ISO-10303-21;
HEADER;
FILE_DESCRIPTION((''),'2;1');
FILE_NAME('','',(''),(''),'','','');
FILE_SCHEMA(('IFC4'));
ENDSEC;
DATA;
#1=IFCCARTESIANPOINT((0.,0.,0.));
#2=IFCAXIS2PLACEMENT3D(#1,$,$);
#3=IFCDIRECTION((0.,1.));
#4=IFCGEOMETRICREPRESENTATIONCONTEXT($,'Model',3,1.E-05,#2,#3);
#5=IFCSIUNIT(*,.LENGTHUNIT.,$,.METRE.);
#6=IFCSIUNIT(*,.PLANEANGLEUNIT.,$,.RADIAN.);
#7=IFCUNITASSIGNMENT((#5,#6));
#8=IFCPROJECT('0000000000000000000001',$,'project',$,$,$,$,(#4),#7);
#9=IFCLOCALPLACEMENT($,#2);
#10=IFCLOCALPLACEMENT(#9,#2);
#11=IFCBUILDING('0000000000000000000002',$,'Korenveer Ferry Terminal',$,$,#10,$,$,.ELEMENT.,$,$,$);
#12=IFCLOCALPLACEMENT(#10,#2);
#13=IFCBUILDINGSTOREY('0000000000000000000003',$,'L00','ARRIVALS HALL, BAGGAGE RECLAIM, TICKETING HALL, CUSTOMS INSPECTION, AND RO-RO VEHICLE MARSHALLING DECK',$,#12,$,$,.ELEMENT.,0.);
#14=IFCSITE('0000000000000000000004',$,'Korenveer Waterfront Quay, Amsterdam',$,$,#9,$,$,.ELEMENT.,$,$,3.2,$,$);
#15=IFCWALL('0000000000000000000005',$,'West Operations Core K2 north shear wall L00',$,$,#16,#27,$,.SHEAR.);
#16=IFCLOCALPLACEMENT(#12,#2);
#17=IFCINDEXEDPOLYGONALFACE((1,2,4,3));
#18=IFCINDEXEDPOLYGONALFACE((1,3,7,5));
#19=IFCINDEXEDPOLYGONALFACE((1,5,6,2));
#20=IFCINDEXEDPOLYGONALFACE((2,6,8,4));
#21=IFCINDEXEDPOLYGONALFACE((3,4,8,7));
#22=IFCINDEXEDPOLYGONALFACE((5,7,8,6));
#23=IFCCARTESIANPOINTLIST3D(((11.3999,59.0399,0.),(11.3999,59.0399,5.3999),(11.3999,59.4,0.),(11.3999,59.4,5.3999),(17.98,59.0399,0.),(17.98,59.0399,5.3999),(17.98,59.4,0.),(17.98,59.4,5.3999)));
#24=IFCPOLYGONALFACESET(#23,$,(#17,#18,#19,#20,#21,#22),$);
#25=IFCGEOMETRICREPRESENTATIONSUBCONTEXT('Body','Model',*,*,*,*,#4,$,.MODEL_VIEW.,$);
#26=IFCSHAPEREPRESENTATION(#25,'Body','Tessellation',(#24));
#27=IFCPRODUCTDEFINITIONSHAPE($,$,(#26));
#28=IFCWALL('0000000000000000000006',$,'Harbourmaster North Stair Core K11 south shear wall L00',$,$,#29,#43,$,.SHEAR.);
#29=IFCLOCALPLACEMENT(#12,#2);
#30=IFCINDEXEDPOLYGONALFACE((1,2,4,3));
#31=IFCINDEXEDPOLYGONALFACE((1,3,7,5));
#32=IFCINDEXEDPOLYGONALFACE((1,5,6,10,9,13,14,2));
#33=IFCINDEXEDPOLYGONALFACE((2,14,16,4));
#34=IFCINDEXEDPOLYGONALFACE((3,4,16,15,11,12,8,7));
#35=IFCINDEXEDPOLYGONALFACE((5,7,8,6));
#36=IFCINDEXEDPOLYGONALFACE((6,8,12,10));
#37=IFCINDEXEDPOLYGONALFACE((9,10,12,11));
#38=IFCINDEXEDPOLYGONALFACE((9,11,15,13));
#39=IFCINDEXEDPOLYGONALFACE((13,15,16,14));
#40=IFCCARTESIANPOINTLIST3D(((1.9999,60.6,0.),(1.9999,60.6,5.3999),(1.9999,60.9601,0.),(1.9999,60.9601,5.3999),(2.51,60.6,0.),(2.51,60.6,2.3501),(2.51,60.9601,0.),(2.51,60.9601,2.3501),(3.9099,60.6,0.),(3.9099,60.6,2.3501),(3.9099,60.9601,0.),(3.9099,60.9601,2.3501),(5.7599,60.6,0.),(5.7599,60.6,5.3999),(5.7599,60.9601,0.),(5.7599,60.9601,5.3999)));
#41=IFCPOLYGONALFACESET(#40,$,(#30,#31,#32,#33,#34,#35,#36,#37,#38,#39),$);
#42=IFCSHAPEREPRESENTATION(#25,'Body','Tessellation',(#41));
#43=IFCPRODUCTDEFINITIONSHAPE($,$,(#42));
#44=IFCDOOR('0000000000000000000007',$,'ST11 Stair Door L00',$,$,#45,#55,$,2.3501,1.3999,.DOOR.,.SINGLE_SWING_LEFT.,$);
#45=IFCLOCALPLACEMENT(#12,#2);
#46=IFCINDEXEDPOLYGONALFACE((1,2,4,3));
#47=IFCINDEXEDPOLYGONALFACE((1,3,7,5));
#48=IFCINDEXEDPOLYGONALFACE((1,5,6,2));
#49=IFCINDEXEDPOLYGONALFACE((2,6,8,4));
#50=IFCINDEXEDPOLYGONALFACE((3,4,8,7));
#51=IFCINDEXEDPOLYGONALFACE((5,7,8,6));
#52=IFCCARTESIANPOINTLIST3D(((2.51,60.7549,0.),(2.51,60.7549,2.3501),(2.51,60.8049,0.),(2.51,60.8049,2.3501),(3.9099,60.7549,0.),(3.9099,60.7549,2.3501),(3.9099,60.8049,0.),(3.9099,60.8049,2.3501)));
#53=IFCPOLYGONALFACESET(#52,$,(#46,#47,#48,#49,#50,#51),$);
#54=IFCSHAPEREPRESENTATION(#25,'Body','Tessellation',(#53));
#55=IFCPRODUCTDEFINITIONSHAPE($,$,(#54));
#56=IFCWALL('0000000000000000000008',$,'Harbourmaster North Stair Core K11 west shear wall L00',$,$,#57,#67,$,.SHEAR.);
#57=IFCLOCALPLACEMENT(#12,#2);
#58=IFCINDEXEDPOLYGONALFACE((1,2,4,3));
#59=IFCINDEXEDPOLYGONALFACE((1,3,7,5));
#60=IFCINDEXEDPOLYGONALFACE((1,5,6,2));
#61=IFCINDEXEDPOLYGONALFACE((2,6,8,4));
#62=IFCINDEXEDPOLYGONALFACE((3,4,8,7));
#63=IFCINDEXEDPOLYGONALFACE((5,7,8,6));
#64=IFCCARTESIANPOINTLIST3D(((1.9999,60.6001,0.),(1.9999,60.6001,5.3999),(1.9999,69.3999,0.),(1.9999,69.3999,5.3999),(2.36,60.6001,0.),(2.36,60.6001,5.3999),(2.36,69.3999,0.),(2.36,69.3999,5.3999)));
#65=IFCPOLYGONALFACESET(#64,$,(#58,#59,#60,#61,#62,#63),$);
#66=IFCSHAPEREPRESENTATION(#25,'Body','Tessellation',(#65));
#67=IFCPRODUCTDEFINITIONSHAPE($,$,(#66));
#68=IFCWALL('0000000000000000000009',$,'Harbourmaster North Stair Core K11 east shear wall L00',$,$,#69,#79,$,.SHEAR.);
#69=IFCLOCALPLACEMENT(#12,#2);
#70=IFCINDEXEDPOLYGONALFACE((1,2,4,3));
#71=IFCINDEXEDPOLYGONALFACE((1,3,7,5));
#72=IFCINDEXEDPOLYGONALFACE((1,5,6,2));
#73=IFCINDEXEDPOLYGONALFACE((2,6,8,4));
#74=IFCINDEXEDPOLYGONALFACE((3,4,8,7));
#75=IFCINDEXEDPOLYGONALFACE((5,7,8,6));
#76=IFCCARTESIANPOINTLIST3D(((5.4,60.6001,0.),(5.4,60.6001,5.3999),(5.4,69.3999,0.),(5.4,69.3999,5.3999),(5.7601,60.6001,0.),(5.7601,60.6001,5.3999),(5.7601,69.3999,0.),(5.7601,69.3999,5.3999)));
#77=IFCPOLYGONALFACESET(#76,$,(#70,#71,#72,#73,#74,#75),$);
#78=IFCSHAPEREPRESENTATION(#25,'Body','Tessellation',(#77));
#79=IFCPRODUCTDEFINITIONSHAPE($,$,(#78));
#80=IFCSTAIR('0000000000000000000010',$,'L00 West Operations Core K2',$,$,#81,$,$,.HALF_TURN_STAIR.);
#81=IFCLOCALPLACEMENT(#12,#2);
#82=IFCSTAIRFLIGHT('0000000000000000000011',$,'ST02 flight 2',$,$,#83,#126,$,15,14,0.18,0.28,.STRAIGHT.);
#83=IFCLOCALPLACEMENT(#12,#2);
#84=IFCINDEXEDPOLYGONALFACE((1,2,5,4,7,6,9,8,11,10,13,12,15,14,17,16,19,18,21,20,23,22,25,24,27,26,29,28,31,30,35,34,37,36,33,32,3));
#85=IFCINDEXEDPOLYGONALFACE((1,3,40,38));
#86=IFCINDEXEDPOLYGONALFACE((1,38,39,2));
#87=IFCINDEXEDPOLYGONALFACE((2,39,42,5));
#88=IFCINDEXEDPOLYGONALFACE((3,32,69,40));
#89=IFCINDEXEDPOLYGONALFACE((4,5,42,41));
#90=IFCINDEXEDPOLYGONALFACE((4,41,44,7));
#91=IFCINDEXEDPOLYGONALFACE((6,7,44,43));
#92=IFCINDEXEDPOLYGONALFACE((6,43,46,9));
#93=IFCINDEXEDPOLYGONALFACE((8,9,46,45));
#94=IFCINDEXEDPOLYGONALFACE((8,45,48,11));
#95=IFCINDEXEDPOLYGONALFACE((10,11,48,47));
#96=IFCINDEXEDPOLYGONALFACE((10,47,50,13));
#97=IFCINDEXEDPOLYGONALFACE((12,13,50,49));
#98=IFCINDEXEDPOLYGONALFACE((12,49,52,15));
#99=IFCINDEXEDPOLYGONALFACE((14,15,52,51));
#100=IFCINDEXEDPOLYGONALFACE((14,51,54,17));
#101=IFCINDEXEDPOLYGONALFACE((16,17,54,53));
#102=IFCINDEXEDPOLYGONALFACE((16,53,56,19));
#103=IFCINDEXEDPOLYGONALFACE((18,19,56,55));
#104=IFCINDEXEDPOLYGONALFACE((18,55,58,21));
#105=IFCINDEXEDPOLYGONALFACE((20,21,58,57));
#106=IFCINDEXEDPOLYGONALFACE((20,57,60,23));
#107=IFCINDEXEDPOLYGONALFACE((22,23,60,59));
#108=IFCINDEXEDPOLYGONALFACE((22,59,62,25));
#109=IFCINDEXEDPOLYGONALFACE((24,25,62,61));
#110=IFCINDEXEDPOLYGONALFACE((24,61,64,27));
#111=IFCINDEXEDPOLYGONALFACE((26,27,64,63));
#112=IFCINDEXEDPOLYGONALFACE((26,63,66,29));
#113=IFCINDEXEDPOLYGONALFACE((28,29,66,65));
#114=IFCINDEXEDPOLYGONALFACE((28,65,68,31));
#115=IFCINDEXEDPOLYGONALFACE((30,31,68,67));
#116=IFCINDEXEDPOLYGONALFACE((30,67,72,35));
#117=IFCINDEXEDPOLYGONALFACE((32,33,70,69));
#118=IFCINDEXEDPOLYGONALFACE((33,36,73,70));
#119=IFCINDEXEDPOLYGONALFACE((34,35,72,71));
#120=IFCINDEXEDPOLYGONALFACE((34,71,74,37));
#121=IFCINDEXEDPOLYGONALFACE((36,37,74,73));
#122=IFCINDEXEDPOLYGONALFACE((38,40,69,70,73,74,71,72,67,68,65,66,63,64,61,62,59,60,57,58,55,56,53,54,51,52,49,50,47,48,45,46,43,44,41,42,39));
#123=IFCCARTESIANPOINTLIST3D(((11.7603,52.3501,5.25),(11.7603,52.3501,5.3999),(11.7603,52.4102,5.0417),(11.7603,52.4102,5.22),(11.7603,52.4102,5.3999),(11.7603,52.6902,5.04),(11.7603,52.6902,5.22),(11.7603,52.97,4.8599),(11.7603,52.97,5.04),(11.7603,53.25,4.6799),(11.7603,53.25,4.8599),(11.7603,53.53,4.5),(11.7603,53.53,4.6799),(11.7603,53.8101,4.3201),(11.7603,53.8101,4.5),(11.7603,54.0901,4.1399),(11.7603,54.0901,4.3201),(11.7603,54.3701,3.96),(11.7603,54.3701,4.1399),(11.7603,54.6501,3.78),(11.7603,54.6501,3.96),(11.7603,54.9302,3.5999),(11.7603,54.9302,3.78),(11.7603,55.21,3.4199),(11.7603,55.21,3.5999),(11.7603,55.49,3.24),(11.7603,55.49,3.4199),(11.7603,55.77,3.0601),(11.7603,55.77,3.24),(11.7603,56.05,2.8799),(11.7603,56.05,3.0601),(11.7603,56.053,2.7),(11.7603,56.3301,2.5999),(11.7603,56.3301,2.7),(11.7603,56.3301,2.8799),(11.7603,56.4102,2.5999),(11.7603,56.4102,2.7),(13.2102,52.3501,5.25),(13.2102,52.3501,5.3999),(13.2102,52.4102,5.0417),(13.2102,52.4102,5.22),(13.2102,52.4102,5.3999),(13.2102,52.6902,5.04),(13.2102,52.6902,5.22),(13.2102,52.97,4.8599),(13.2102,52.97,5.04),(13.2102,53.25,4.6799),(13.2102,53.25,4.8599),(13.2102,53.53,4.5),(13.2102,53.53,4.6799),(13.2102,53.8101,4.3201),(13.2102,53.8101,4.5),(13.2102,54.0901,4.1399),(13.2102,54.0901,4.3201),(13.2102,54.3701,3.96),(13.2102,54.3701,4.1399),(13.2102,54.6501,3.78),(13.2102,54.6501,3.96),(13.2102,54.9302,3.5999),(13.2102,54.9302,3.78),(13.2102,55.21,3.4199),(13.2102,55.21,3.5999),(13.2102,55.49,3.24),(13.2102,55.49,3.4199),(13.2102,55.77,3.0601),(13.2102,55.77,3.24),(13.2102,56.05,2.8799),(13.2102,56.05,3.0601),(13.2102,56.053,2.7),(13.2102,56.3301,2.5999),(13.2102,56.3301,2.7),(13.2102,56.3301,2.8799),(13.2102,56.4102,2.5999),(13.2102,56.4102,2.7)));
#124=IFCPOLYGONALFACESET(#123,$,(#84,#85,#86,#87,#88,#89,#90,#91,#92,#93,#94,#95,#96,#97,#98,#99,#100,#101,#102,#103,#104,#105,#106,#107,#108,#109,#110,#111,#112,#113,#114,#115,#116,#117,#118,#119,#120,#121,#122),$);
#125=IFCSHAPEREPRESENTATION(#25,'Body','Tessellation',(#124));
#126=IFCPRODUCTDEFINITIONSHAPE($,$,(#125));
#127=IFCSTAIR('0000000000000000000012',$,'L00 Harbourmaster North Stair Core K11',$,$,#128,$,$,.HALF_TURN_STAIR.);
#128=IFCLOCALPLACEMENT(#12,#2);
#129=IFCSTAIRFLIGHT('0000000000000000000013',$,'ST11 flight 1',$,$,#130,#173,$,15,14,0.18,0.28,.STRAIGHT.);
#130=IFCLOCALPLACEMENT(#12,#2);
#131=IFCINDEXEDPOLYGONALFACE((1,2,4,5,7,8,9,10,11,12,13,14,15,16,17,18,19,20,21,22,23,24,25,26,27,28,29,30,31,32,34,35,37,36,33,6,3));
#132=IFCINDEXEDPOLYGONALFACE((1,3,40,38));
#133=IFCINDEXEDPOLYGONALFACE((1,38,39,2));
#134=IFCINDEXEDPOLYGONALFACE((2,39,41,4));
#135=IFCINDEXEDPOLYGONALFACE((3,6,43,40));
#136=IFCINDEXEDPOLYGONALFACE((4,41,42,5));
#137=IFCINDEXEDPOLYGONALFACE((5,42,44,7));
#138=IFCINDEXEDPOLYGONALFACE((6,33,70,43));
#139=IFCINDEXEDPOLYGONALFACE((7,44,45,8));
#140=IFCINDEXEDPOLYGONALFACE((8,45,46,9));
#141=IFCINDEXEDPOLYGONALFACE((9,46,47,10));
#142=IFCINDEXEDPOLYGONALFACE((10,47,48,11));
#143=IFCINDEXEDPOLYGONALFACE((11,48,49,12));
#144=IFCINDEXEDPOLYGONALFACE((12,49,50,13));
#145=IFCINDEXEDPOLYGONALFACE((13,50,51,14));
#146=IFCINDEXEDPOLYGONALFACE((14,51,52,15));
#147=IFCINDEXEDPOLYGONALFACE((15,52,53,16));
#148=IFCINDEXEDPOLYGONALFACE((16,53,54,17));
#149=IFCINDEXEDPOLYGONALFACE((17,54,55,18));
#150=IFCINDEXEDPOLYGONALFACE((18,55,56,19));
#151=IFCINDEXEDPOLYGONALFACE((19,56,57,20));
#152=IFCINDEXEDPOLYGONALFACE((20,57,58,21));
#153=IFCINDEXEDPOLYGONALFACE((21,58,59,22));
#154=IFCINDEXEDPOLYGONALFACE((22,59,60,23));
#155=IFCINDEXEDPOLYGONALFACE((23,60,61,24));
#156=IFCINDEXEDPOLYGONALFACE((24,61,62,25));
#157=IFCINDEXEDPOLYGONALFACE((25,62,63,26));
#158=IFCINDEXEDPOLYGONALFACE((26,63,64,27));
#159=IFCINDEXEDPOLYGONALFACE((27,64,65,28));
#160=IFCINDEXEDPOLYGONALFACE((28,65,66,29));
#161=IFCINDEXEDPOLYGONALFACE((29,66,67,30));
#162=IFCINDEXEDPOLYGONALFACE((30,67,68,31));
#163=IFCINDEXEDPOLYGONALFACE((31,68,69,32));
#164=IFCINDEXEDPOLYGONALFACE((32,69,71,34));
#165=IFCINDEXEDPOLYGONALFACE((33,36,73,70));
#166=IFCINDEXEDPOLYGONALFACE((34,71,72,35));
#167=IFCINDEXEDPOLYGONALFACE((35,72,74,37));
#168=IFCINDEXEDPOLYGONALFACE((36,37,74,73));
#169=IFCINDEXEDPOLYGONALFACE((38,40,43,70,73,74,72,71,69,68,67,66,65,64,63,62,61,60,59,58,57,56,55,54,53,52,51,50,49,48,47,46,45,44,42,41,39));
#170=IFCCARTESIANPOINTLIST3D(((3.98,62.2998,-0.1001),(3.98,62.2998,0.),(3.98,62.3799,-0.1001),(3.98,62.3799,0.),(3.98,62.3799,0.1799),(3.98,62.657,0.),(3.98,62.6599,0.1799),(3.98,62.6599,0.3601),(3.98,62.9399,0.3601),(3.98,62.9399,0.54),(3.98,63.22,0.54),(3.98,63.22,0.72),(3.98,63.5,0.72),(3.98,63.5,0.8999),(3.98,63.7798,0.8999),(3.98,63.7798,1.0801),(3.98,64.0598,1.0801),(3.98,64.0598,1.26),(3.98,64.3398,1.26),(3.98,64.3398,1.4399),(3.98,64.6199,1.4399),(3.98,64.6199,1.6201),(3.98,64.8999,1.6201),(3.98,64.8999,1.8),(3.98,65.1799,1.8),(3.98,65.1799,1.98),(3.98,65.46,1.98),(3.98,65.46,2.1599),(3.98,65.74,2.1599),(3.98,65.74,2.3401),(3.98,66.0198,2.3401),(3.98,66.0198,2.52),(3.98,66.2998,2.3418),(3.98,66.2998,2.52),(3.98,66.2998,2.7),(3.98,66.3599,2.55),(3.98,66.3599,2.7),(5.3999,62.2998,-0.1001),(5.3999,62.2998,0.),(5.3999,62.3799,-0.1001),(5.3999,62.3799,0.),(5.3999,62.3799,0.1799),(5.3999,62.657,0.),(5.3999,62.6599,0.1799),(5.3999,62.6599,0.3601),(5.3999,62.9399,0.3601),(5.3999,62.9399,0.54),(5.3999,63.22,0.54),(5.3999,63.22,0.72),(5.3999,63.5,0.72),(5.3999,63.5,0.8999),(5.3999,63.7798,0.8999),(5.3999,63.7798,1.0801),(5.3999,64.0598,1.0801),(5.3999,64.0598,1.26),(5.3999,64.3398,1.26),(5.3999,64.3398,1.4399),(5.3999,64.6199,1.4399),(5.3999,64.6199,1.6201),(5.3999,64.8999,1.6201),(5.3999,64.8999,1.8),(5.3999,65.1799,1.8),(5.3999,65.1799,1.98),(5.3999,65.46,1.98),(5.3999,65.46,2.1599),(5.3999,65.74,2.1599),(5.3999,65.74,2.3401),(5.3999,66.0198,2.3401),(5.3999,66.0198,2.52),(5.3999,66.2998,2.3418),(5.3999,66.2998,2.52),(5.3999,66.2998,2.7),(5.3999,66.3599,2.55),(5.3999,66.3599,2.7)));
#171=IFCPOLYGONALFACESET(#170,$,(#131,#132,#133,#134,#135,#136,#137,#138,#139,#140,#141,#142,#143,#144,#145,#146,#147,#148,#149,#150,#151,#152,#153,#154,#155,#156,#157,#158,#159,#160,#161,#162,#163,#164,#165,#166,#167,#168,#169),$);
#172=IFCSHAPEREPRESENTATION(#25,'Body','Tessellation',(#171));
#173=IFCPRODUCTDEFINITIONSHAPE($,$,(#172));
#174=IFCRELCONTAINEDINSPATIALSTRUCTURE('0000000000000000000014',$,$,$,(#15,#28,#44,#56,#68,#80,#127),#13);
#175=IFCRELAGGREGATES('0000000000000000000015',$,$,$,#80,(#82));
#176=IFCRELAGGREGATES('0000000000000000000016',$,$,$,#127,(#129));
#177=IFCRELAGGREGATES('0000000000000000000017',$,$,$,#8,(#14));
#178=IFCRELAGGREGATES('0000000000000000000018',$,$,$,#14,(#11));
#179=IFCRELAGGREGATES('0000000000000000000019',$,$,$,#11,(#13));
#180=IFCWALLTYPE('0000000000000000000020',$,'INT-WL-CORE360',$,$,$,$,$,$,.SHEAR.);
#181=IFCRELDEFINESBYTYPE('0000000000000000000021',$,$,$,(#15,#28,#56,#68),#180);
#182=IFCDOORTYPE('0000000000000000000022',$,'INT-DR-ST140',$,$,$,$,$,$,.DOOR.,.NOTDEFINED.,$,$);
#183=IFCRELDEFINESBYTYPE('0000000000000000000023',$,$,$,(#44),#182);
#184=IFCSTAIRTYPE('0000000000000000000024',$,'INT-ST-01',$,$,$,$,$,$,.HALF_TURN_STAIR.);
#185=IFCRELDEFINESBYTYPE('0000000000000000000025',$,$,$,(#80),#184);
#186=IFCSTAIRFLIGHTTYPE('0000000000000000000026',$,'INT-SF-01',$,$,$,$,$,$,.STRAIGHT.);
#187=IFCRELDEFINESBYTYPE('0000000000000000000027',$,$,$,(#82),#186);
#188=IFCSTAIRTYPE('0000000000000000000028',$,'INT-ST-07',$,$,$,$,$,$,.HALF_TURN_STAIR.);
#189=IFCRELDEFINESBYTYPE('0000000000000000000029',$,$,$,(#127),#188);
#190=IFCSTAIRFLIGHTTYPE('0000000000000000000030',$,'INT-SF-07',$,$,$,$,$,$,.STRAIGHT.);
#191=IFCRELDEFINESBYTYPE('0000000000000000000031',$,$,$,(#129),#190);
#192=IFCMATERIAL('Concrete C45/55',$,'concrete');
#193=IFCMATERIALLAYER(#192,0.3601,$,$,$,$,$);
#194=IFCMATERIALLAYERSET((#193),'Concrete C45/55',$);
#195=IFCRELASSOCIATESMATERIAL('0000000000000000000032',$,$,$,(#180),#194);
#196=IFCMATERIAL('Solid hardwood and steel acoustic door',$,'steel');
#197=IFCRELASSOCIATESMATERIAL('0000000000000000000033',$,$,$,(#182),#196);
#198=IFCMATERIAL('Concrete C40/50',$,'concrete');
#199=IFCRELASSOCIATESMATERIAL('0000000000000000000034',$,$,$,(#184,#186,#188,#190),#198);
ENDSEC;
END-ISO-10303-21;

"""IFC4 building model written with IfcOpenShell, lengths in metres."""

from ifc_helpers import new_model, si_unit, direction, frame, frame_2d, origin, place, context, subcontext, project, spatial, polyline, rectangle, outline, extrude, material, layer, layer_set, type_object, element, fill, aggregate, save


model = new_model("IFC4")

# Units and contexts
model_context = context("Model", 3, precision=1e-05, world=origin(), true_north=direction((0.0, 1.0)))
body_context = subcontext(model_context, "Body", "Model", "MODEL_VIEW")
ifc_project = project(units=[si_unit("LENGTHUNIT", "METRE"), si_unit("PLANEANGLEUNIT", "RADIAN")], contexts=[model_context])

# Site, building, storey
site_placement = place(None, origin())
site = spatial("IfcSite", under=ifc_project, at=site_placement, Name="Korenveer Waterfront Quay, Amsterdam", CompositionType="ELEMENT", RefElevation=3.2)
building_placement = place(site_placement, origin())
building = spatial("IfcBuilding", under=site, at=building_placement, Name="Korenveer Ferry Terminal", CompositionType="ELEMENT")
storey_placement = place(building_placement, origin())
storey = spatial("IfcBuildingStorey", under=building, at=storey_placement, Name="L00", Description="ARRIVALS HALL, BAGGAGE RECLAIM, TICKETING HALL, CUSTOMS INSPECTION, AND RO-RO VEHICLE MARSHALLING DECK", CompositionType="ELEMENT", Elevation=0.0)

# Shared definitions
ifc_material_1 = material(Name="Concrete C40/50", Category="concrete")
ifc_material_2 = material(Name="Concrete C45/55", Category="concrete")

# Shared definitions
ifc_material_3 = material(Name="Solid hardwood and steel acoustic door", Category="steel")

# Wall
ifc_layer_1 = layer(ifc_material_2, 0.3601)
ifc_layer_set_1 = layer_set([ifc_layer_1], Name="Concrete C45/55")
wall_type_1 = type_object("IfcWallType", Name="INT-WL-CORE360", PredefinedType="SHEAR", material=ifc_layer_set_1)
wall_1_placement = place(storey_placement, frame((11.3999, 59.22, 0.0), z_axis=(0.0, 0.0, 1.0), x_axis=(1.0, 0.0, 0.0)))
element("IfcWall", 1, at=wall_1_placement, inside=storey, type_object=wall_type_1, Name="West Operations Core K2 north shear wall L00", PredefinedType="SHEAR", context=body_context, shape_type="SweptSolid", body=[
    extrude(rectangle(XDim=6.5801, YDim=0.3601, at=frame_2d((3.29, 0.0))), origin(), (0.0, 0.0, 1.0), 5.3999),
])

# Wall, opening, door
wall_2_placement = place(storey_placement, frame((2.0, 60.78, 0.0), z_axis=(0.0, 0.0, 1.0), x_axis=(1.0, 0.0, 0.0)))
wall_2 = element("IfcWall", 2, at=wall_2_placement, inside=storey, type_object=wall_type_1, Name="Harbourmaster North Stair Core K11 south shear wall L00", PredefinedType="SHEAR", context=body_context, shape_type="SweptSolid", body=[
    extrude(rectangle(XDim=3.76, YDim=0.3601, at=frame_2d((1.8799, 0.0))), origin(), (0.0, 0.0, 1.0), 5.3999),
])
opening_1_placement = place(wall_2_placement, frame((0.51, 0.0, 0.0)))
opening_1 = element("IfcOpeningElement", 3, at=opening_1_placement, cuts=wall_2, PredefinedType="OPENING", context=body_context, shape_type="SweptSolid", body=[
    extrude(rectangle(XDim=1.3999, YDim=2.3501, at=frame_2d((0.7, 1.175))), frame((0.0, 0.1899, 0.0), z_axis=(0.0, -1.0, 0.0), x_axis=(1.0, 0.0, 0.0)), (0.0, 0.0, 1.0), 0.3801),
])
door_type_1 = type_object("IfcDoorType", Name="INT-DR-ST140", OperationType="NOTDEFINED", PredefinedType="DOOR", material=ifc_material_3)
door_1_placement = place(opening_1_placement, origin())
door_1 = element("IfcDoor", 4, at=door_1_placement, inside=storey, type_object=door_type_1, Name="ST11 Stair Door L00", OperationType="SINGLE_SWING_LEFT", OverallHeight=2.3501, OverallWidth=1.3999, PredefinedType="DOOR", context=body_context, shape_type="SweptSolid", body=[
    extrude(rectangle(XDim=1.3999, YDim=2.3501, at=frame_2d((0.7, 1.175))), frame((0.0, 0.0249, 0.0), z_axis=(0.0, -1.0, 0.0), x_axis=(1.0, 0.0, 0.0)), (0.0, 0.0, 1.0), 0.05),
])
fill(opening_1, door_1)

# Walls
for number, where, z_axis, x_axis, name in (
    (5, (2.1799, 60.6001, 0.0), (0.0, 0.0, 1.0), (0.0, 1.0, 0.0), "Harbourmaster North Stair Core K11 west shear wall L00"),
    (6, (5.5801, 60.6001, 0.0), (0.0, 0.0, 1.0), (0.0, 1.0, 0.0), "Harbourmaster North Stair Core K11 east shear wall L00"),
):
    element("IfcWall", number, at=place(storey_placement, frame(where, z_axis=z_axis, x_axis=x_axis)), inside=storey, type_object=wall_type_1, Name=name, PredefinedType="SHEAR", context=body_context, shape_type="SweptSolid", body=[
        extrude(rectangle(XDim=8.7998, YDim=0.3601, at=frame_2d((4.3999, 0.0))), origin(), (0.0, 0.0, 1.0), 5.3999),
    ])

# Stairs, stair flights
stair_type_1 = type_object("IfcStairType", Name="INT-ST-01", PredefinedType="HALF_TURN_STAIR", material=ifc_material_1)
stair_1_placement = place(storey_placement, frame((14.135, 52.4099, 0.0)))
stair_1 = element("IfcStair", 7, at=stair_1_placement, inside=storey, type_object=stair_type_1, Name="L00 West Operations Core K2", PredefinedType="HALF_TURN_STAIR")
stair_flight_type_1 = type_object("IfcStairFlightType", Name="INT-SF-01", PredefinedType="STRAIGHT", material=ifc_material_1)
stair_flight_1_placement = place(storey_placement, frame((12.4851, 56.3301, 2.7), z_axis=(0.0, 0.0, 1.0), x_axis=(0.0, -1.0, 0.0)))
stair_flight_1 = element("IfcStairFlight", 8, at=stair_flight_1_placement, type_object=stair_flight_type_1, Name="ST02 flight 2", NumberOfRisers=15, NumberOfTreads=14, PredefinedType="STRAIGHT", RiserHeight=0.18, TreadLength=0.28, context=body_context, shape_type="SweptSolid", body=[
    extrude(outline(polyline([(-0.0801, 0.0), (0.0, 0.0), (0.0, 0.1799), (0.28, 0.1799), (0.28, 0.3601), (0.5601, 0.3601), (0.5601, 0.54), (0.8401, 0.54), (0.8401, 0.72), (1.1201, 0.72), (1.1201, 0.8999), (1.3999, 0.8999), (1.3999, 1.0801), (1.6799, 1.0801), (1.6799, 1.26), (1.96, 1.26), (1.96, 1.4399), (2.24, 1.4399), (2.24, 1.6201), (2.52, 1.6201), (2.52, 1.8), (2.8, 1.8), (2.8, 1.98), (3.0801, 1.98), (3.0801, 2.1599), (3.3601, 2.1599), (3.3601, 2.3401), (3.6399, 2.3401), (3.6399, 2.52), (3.9199, 2.52), (3.9199, 2.7), (3.98, 2.7), (3.98, 2.55), (3.9199, 2.3418), (0.2771, 0.0), (0.0, -0.1001), (-0.0801, -0.1001), (-0.0801, 0.0)])), frame((0.0, 0.7251, 0.0), z_axis=(0.0, -1.0, 0.0), x_axis=(1.0, 0.0, 0.0)), (0.0, 0.0, 1.0), 1.45),
])
aggregate(stair_1, [stair_flight_1])
stair_type_2 = type_object("IfcStairType", Name="INT-ST-07", PredefinedType="HALF_TURN_STAIR", material=ifc_material_1)
stair_2_placement = place(storey_placement, frame((4.6899, 62.3799, 0.0)))
stair_2 = element("IfcStair", 9, at=stair_2_placement, inside=storey, type_object=stair_type_2, Name="L00 Harbourmaster North Stair Core K11", PredefinedType="HALF_TURN_STAIR")
stair_flight_type_2 = type_object("IfcStairFlightType", Name="INT-SF-07", PredefinedType="STRAIGHT", material=ifc_material_1)
stair_flight_2_placement = place(storey_placement, frame((4.6899, 62.3799, 0.0), z_axis=(0.0, 0.0, 1.0), x_axis=(0.0, 1.0, 0.0)))
stair_flight_2 = element("IfcStairFlight", 10, at=stair_flight_2_placement, type_object=stair_flight_type_2, Name="ST11 flight 1", NumberOfRisers=15, NumberOfTreads=14, PredefinedType="STRAIGHT", RiserHeight=0.18, TreadLength=0.28, context=body_context, shape_type="SweptSolid", body=[
    extrude(outline(polyline([(-0.0801, 0.0), (0.0, 0.0), (0.0, 0.1799), (0.28, 0.1799), (0.28, 0.3601), (0.5601, 0.3601), (0.5601, 0.54), (0.8401, 0.54), (0.8401, 0.72), (1.1201, 0.72), (1.1201, 0.8999), (1.3999, 0.8999), (1.3999, 1.0801), (1.6799, 1.0801), (1.6799, 1.26), (1.96, 1.26), (1.96, 1.4399), (2.24, 1.4399), (2.24, 1.6201), (2.52, 1.6201), (2.52, 1.8), (2.8, 1.8), (2.8, 1.98), (3.0801, 1.98), (3.0801, 2.1599), (3.3601, 2.1599), (3.3601, 2.3401), (3.6399, 2.3401), (3.6399, 2.52), (3.9199, 2.52), (3.9199, 2.7), (3.98, 2.7), (3.98, 2.55), (3.9199, 2.3418), (0.2771, 0.0), (0.0, -0.1001), (-0.0801, -0.1001), (-0.0801, 0.0)])), frame((0.0, 0.71, 0.0), z_axis=(0.0, -1.0, 0.0), x_axis=(1.0, 0.0, 0.0)), (0.0, 0.0, 1.0), 1.4199),
])
aggregate(stair_2, [stair_flight_2])

save(model, "model.ifc")
